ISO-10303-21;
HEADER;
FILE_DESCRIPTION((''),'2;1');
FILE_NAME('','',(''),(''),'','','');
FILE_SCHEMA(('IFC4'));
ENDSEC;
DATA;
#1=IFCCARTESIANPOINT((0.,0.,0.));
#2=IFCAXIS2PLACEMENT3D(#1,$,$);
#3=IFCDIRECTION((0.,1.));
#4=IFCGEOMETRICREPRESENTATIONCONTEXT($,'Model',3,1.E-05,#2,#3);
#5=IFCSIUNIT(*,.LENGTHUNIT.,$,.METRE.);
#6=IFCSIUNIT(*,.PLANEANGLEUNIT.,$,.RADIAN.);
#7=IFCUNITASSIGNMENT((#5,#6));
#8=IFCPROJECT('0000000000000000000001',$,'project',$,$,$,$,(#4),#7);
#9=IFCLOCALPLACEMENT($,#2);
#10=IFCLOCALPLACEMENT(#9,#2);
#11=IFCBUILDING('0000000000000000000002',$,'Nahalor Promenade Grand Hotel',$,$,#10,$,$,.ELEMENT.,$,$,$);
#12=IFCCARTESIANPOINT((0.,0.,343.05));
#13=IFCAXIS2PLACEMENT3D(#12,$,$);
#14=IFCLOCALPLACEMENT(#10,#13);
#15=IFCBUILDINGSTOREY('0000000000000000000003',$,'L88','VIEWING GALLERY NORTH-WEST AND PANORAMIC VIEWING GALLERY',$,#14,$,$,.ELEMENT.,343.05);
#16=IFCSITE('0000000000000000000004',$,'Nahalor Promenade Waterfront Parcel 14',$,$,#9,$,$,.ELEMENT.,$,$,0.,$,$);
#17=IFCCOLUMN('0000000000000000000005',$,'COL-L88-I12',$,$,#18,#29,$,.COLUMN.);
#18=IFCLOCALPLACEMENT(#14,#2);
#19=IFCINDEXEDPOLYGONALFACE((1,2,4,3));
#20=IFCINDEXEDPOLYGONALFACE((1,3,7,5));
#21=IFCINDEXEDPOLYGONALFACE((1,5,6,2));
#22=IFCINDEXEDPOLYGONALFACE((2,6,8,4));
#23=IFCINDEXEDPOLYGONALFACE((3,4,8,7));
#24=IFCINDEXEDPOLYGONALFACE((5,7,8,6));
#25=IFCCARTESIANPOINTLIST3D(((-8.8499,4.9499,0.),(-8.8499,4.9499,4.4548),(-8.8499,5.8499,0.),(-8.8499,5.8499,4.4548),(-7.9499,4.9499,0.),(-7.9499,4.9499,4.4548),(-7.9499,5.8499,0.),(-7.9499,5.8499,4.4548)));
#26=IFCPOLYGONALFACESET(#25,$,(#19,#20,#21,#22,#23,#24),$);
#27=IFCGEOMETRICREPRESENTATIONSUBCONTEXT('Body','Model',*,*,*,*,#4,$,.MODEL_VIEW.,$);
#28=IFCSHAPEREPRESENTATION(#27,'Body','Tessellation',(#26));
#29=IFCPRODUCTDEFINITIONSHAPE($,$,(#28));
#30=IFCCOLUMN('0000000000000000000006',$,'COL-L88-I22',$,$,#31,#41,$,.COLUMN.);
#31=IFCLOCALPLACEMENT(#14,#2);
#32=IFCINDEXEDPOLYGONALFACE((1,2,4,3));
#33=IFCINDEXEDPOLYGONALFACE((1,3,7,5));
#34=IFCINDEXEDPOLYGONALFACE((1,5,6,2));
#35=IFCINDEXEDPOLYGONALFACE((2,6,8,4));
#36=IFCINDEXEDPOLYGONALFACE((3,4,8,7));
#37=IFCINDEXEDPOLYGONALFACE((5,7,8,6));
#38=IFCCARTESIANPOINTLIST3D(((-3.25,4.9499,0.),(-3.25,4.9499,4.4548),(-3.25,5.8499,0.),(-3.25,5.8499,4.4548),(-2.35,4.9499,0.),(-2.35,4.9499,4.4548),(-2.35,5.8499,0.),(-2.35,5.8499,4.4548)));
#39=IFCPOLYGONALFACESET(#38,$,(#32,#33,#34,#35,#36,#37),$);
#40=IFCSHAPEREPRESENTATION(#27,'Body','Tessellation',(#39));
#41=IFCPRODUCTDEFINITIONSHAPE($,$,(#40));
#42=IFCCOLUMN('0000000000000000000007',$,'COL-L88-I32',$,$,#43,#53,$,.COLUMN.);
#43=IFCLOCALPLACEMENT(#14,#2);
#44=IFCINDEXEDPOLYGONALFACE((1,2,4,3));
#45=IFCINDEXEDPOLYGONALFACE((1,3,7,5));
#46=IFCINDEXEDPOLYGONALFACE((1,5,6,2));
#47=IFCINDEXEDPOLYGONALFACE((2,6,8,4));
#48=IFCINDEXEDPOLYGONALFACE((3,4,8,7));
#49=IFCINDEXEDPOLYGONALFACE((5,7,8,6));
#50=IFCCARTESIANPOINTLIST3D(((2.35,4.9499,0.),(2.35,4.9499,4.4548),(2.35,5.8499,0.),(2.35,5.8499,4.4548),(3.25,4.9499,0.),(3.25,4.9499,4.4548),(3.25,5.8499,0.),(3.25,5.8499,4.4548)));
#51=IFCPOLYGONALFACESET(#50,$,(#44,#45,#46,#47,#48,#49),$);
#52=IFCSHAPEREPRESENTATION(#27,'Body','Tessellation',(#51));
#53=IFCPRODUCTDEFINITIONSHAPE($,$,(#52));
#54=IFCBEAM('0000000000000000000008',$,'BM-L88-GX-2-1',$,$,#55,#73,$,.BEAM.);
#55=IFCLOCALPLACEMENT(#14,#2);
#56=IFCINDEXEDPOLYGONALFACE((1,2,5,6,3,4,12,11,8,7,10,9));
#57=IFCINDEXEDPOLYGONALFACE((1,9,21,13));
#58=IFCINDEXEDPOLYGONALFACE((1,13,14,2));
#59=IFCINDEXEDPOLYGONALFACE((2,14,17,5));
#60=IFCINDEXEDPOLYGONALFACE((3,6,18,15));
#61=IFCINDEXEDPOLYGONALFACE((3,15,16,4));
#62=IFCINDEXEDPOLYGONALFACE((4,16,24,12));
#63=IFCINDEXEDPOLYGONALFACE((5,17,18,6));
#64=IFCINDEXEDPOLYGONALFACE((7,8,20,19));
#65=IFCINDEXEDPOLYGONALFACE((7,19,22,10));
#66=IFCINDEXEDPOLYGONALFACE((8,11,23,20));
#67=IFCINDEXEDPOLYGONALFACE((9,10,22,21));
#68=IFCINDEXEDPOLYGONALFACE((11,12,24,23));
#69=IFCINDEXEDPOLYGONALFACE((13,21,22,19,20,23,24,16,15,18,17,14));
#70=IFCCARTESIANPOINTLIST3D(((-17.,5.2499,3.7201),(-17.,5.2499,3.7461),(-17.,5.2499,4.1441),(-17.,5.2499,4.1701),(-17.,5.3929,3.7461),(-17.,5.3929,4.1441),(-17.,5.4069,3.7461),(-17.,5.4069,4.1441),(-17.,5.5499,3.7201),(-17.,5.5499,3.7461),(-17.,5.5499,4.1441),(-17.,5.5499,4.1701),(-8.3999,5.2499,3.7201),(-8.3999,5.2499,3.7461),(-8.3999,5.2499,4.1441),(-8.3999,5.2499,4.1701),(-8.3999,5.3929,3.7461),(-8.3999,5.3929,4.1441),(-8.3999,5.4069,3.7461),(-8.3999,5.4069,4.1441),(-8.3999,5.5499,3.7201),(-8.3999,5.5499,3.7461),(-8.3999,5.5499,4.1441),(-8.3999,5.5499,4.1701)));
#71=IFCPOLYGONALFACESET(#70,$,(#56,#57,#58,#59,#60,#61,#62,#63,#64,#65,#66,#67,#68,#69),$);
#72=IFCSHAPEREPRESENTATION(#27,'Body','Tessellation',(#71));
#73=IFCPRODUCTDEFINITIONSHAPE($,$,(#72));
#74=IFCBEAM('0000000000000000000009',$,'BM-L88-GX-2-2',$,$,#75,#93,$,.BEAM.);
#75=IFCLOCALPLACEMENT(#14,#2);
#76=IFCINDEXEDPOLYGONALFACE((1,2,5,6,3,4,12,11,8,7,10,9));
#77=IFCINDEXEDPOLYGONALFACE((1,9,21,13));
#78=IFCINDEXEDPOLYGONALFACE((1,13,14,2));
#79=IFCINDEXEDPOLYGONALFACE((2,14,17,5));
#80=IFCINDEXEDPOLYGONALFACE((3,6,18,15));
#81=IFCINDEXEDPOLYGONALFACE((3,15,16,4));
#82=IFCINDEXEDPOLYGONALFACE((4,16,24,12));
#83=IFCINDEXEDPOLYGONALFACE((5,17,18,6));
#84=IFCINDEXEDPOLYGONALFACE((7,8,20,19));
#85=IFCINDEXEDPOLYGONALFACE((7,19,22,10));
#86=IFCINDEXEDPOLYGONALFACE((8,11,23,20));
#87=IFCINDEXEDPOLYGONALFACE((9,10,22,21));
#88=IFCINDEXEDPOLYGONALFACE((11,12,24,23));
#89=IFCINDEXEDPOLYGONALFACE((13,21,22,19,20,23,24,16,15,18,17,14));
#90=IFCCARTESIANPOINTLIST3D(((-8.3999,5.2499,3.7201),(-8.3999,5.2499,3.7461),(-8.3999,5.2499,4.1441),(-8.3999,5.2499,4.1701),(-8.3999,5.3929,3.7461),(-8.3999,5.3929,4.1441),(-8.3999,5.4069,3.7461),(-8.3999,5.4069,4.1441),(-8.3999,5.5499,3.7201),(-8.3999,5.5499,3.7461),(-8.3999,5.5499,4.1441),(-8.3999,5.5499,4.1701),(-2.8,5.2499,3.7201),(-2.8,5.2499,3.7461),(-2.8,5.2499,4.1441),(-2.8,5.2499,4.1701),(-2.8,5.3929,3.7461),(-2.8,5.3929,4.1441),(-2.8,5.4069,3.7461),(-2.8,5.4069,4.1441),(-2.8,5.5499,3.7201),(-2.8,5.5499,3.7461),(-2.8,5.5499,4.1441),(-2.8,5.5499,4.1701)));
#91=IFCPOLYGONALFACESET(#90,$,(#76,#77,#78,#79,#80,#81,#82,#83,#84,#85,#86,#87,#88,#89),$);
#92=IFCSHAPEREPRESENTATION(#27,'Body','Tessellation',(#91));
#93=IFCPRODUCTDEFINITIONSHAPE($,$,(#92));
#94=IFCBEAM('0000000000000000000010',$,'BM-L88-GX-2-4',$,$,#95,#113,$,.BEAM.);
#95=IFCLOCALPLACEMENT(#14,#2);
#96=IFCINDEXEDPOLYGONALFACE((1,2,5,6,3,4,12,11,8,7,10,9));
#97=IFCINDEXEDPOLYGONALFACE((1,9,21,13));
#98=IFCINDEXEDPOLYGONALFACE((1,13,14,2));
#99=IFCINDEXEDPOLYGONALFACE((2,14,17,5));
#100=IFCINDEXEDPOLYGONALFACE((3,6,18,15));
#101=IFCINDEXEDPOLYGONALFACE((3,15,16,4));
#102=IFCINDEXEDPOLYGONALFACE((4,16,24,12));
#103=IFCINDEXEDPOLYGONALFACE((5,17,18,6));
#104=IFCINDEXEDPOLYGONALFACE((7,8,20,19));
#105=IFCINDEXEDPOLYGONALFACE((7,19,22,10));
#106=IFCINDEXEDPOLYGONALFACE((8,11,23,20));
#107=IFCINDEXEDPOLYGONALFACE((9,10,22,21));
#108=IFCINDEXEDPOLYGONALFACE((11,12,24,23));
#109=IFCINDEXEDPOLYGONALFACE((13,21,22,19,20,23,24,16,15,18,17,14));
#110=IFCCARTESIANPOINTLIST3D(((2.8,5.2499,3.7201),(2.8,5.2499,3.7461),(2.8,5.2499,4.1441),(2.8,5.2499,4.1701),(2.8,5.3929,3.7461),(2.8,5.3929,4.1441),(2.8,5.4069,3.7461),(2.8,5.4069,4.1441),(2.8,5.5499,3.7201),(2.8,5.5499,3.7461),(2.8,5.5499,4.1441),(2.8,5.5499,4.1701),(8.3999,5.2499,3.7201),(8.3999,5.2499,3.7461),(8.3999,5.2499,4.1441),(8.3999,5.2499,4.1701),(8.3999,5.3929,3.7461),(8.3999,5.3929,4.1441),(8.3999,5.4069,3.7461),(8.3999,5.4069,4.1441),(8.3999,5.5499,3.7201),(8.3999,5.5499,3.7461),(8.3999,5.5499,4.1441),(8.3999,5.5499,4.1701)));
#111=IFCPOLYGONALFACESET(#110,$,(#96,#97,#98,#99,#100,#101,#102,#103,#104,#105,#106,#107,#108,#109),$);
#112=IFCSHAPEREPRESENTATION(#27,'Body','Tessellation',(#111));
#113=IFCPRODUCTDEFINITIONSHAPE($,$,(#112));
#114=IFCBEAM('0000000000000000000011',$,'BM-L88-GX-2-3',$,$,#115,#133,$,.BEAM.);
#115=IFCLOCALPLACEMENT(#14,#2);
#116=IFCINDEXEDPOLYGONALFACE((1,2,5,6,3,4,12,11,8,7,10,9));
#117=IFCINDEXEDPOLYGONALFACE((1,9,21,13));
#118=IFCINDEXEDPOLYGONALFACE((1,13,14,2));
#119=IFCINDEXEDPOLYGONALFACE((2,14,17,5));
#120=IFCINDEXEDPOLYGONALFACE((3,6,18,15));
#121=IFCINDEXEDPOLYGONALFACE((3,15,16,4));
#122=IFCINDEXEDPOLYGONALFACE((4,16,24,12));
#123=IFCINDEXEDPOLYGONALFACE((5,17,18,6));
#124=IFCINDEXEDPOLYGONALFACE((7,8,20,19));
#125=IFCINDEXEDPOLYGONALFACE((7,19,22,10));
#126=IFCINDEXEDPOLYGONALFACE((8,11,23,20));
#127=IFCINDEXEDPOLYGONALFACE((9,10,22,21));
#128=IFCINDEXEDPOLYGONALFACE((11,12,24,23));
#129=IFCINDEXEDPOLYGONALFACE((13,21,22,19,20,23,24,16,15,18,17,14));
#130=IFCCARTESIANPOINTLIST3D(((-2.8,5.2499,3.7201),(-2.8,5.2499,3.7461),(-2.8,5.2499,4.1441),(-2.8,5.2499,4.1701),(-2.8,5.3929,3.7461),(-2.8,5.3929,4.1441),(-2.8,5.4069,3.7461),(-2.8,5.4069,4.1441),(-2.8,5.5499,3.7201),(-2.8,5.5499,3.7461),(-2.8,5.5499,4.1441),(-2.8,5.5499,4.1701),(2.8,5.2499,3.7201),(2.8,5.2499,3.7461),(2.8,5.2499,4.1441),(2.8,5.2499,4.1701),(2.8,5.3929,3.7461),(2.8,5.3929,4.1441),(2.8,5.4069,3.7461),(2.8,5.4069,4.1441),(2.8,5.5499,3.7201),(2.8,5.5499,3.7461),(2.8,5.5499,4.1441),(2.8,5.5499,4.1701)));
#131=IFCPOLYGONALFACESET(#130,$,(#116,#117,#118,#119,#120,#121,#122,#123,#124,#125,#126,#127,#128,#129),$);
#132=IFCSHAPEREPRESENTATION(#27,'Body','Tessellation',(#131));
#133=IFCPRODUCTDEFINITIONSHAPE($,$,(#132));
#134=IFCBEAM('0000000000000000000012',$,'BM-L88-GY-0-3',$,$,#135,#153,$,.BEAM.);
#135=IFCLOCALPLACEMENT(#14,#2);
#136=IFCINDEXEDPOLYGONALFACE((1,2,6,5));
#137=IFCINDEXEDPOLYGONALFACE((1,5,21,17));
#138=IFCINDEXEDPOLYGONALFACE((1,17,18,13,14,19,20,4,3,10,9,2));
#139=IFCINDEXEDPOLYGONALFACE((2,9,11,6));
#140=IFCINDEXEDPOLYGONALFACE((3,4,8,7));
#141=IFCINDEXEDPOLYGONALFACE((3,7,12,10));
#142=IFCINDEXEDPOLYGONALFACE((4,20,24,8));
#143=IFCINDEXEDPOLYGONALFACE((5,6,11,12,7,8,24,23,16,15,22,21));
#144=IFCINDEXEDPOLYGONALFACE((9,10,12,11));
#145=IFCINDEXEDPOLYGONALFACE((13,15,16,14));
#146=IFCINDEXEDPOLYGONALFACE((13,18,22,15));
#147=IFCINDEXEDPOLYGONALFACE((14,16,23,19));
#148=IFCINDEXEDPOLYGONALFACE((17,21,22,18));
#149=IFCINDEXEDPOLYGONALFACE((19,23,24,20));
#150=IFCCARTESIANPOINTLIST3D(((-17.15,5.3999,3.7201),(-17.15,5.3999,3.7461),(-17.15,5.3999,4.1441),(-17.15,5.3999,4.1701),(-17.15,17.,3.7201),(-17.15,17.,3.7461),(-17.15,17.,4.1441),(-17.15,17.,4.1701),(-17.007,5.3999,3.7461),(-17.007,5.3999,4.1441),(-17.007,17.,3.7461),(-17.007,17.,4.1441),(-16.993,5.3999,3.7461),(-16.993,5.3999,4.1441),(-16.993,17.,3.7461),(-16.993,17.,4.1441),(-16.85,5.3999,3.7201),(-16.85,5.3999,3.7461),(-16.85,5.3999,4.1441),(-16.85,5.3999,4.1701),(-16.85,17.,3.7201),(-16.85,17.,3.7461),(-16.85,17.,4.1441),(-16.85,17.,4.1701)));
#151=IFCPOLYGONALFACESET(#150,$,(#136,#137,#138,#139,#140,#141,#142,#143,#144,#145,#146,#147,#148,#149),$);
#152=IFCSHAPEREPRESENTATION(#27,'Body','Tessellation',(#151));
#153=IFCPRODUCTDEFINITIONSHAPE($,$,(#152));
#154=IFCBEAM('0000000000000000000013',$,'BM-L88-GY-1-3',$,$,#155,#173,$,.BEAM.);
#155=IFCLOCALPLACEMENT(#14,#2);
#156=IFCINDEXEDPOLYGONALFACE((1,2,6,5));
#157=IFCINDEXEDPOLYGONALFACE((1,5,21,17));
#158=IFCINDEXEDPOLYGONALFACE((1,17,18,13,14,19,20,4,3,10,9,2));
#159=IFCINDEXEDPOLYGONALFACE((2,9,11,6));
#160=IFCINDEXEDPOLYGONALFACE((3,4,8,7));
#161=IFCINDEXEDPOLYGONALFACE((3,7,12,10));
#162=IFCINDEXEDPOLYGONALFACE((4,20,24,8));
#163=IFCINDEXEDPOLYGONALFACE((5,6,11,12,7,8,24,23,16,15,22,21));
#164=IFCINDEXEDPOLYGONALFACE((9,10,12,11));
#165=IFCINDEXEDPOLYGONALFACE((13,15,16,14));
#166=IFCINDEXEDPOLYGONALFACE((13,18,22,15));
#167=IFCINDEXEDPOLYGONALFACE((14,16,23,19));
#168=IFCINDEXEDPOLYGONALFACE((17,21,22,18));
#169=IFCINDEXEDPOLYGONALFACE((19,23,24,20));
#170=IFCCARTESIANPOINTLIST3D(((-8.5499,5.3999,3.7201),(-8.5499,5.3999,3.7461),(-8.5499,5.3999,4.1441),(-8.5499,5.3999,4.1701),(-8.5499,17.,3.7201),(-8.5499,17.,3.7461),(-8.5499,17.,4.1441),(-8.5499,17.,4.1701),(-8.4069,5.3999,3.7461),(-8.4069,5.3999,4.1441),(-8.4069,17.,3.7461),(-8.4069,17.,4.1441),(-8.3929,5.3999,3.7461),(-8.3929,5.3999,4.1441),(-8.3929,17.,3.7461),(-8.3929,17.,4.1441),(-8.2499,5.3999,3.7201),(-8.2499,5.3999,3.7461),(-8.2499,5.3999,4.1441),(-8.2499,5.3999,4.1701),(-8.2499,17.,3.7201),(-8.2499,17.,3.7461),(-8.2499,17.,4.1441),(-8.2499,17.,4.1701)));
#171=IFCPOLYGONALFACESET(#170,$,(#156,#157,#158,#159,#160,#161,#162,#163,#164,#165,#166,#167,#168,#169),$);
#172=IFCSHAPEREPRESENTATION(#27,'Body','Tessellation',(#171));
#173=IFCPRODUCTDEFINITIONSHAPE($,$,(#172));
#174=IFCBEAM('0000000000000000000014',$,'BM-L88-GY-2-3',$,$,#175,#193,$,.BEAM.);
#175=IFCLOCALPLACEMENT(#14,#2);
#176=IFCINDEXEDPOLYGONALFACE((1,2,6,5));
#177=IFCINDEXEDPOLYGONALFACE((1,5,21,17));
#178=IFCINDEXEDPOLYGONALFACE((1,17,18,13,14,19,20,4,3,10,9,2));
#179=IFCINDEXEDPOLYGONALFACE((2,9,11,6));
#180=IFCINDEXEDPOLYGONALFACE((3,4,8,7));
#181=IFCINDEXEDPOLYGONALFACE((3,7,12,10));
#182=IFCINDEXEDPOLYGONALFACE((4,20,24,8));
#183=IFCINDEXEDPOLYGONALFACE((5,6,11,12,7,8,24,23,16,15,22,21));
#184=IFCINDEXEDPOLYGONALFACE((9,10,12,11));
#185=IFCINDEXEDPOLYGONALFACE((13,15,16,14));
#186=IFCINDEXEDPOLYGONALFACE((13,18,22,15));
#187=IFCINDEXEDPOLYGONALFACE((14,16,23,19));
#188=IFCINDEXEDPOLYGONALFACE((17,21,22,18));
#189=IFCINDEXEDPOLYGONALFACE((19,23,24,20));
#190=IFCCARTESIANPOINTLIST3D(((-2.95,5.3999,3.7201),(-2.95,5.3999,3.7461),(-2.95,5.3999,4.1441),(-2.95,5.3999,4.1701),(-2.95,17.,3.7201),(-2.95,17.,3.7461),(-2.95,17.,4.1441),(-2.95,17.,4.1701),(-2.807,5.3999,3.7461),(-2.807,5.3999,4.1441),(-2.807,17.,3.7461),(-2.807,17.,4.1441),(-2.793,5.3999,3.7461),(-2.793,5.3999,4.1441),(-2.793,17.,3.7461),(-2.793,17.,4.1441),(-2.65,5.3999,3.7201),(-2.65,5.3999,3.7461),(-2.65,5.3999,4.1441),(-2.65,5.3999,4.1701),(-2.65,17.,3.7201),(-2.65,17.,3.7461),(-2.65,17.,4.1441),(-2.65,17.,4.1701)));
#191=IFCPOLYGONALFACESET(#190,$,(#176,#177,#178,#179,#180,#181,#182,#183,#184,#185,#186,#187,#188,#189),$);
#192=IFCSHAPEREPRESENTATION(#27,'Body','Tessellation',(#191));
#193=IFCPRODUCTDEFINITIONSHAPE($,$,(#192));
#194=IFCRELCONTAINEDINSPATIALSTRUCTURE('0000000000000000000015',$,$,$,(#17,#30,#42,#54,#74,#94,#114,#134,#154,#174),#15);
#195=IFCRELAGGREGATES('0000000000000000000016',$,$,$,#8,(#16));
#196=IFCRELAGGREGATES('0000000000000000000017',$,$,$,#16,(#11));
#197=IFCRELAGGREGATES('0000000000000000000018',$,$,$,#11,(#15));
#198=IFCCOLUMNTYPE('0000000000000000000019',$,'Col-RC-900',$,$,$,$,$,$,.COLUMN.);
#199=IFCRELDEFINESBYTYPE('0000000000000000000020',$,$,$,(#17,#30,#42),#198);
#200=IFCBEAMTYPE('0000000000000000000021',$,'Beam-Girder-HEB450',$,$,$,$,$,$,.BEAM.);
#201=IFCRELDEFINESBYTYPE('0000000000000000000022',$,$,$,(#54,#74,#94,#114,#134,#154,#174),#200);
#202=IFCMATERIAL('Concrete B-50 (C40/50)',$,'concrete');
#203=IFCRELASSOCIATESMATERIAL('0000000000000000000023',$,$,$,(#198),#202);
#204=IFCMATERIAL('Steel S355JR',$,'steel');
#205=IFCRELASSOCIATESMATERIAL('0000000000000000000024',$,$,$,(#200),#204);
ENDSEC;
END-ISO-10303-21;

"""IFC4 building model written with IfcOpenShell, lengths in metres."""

from ifc_helpers import new_model, si_unit, direction, frame, origin, origin_2d, place, context, subcontext, project, spatial, rectangle, i_section, extrude, source, transform, mapped, material, material_profile, profile_set, type_object, element, save


model = new_model("IFC4")

# Units and contexts
model_context = context("Model", 3, precision=1e-05, world=origin(), true_north=direction((0.0, 1.0)))
body_context = subcontext(model_context, "Body", "Model", "MODEL_VIEW")
ifc_project = project(units=[si_unit("LENGTHUNIT", "METRE"), si_unit("PLANEANGLEUNIT", "RADIAN")], contexts=[model_context])

# Site, building, storey
site_placement = place(None, origin())
site = spatial("IfcSite", under=ifc_project, at=site_placement, Name="Nahalor Promenade Waterfront Parcel 14", CompositionType="ELEMENT", RefElevation=0.0)
building_placement = place(site_placement, origin())
building = spatial("IfcBuilding", under=site, at=building_placement, Name="Nahalor Promenade Grand Hotel", CompositionType="ELEMENT")
storey_placement = place(building_placement, frame((0.0, 0.0, 343.05)))
storey = spatial("IfcBuildingStorey", under=building, at=storey_placement, Name="L88", Description="VIEWING GALLERY NORTH-WEST AND PANORAMIC VIEWING GALLERY", CompositionType="ELEMENT", Elevation=343.05)

# Columns
ifc_material_1 = material(Name="Concrete B-50 (C40/50)", Category="concrete")
ifc_material_profile_1 = material_profile(ifc_material_1, rectangle(XDim=0.9, YDim=0.9, at=origin_2d()), Name="RC 900x900")
ifc_profile_set_1 = profile_set([ifc_material_profile_1], Name="Concrete B-50 (C40/50)")
column_type = type_object("IfcColumnType", Name="Col-RC-900", PredefinedType="COLUMN", material=ifc_profile_set_1)
shared_shape_1 = source(origin(), body_context, "Body", "SweptSolid", [
    extrude(rectangle(XDim=0.9, YDim=0.9, at=origin_2d()), origin(), (0.0, 0.0, 1.0), 4.4548),
])
for number, where, z_axis, x_axis, name in (
    (1, (-8.3999, 5.3999, 0.0), (0.0, 0.0, 1.0), (1.0, 0.0, 0.0), "COL-L88-I12"),
    (2, (-2.8, 5.3999, 0.0), (0.0, 0.0, 1.0), (1.0, 0.0, 0.0), "COL-L88-I22"),
    (3, (2.8, 5.3999, 0.0), (0.0, 0.0, 1.0), (1.0, 0.0, 0.0), "COL-L88-I32"),
):
    element("IfcColumn", number, at=place(storey_placement, frame(where, z_axis=z_axis, x_axis=x_axis)), inside=storey, type_object=column_type, Name=name, PredefinedType="COLUMN", context=body_context, shape_type="MappedRepresentation", body=[
        mapped(shared_shape_1, transform((0.0, 0.0, 0.0), scale=1.0)),
    ])

# Beams
ifc_material_2 = material(Name="Steel S355JR", Category="steel")
ifc_material_profile_2 = material_profile(ifc_material_2, i_section(OverallWidth=0.3, OverallDepth=0.45, WebThickness=0.014, FlangeThickness=0.026, at=origin_2d()), Name="HEB 450")
ifc_profile_set_2 = profile_set([ifc_material_profile_2], Name="Steel S355JR")
beam_type_1 = type_object("IfcBeamType", Name="Beam-Girder-HEB450", PredefinedType="BEAM", material=ifc_profile_set_2)
shared_shape_2 = source(origin(), body_context, "Body", "SweptSolid", [
    extrude(i_section(OverallWidth=0.3, OverallDepth=0.45, WebThickness=0.014, FlangeThickness=0.026, at=origin_2d()), origin(), (0.0, 0.0, 1.0), 8.6001),
])
beam_1_placement = place(storey_placement, frame((-17.0, 5.3999, 3.9451), z_axis=(1.0, 0.0, 0.0), x_axis=(0.0, 1.0, 0.0)))
element("IfcBeam", 4, at=beam_1_placement, inside=storey, type_object=beam_type_1, Name="BM-L88-GX-2-1", PredefinedType="BEAM", context=body_context, shape_type="MappedRepresentation", body=[
    mapped(shared_shape_2, transform((0.0, 0.0, 0.0), scale=1.0)),
])
shared_shape_3 = source(origin(), body_context, "Body", "SweptSolid", [
    extrude(i_section(OverallWidth=0.3, OverallDepth=0.45, WebThickness=0.014, FlangeThickness=0.026, at=origin_2d()), origin(), (0.0, 0.0, 1.0), 5.5999),
])
for number, where, z_axis, x_axis, name in (
    (5, (-8.3999, 5.3999, 3.9451), (1.0, 0.0, 0.0), (0.0, 1.0, 0.0), "BM-L88-GX-2-2"),
    (6, (2.8, 5.3999, 3.9451), (1.0, 0.0, 0.0), (0.0, 1.0, 0.0), "BM-L88-GX-2-4"),
):
    element("IfcBeam", number, at=place(storey_placement, frame(where, z_axis=z_axis, x_axis=x_axis)), inside=storey, type_object=beam_type_1, Name=name, PredefinedType="BEAM", context=body_context, shape_type="MappedRepresentation", body=[
        mapped(shared_shape_3, transform((0.0, 0.0, 0.0), scale=1.0)),
    ])
shared_shape_4 = source(origin(), body_context, "Body", "SweptSolid", [
    extrude(i_section(OverallWidth=0.3, OverallDepth=0.45, WebThickness=0.014, FlangeThickness=0.026, at=origin_2d()), origin(), (0.0, 0.0, 1.0), 5.6001),
])
beam_2_placement = place(storey_placement, frame((-2.8, 5.3999, 3.9451), z_axis=(1.0, 0.0, 0.0), x_axis=(0.0, 1.0, 0.0)))
element("IfcBeam", 7, at=beam_2_placement, inside=storey, type_object=beam_type_1, Name="BM-L88-GX-2-3", PredefinedType="BEAM", context=body_context, shape_type="MappedRepresentation", body=[
    mapped(shared_shape_4, transform((0.0, 0.0, 0.0), scale=1.0)),
])
shared_shape_5 = source(origin(), body_context, "Body", "SweptSolid", [
    extrude(i_section(OverallWidth=0.3, OverallDepth=0.45, WebThickness=0.014, FlangeThickness=0.026, at=origin_2d()), origin(), (0.0, 0.0, 1.0), 11.6001),
])
for number, where, z_axis, x_axis, name in (
    (8, (-17.0, 5.3999, 3.9451), (0.0, 1.0, 0.0), (-1.0, 0.0, 0.0), "BM-L88-GY-0-3"),
    (9, (-8.3999, 5.3999, 3.9451), (0.0, 1.0, 0.0), (-1.0, 0.0, 0.0), "BM-L88-GY-1-3"),
    (10, (-2.8, 5.3999, 3.9451), (0.0, 1.0, 0.0), (-1.0, 0.0, 0.0), "BM-L88-GY-2-3"),
):
    element("IfcBeam", number, at=place(storey_placement, frame(where, z_axis=z_axis, x_axis=x_axis)), inside=storey, type_object=beam_type_1, Name=name, PredefinedType="BEAM", context=body_context, shape_type="MappedRepresentation", body=[
        mapped(shared_shape_5, transform((0.0, 0.0, 0.0), scale=1.0)),
    ])

save(model, "model.ifc")
